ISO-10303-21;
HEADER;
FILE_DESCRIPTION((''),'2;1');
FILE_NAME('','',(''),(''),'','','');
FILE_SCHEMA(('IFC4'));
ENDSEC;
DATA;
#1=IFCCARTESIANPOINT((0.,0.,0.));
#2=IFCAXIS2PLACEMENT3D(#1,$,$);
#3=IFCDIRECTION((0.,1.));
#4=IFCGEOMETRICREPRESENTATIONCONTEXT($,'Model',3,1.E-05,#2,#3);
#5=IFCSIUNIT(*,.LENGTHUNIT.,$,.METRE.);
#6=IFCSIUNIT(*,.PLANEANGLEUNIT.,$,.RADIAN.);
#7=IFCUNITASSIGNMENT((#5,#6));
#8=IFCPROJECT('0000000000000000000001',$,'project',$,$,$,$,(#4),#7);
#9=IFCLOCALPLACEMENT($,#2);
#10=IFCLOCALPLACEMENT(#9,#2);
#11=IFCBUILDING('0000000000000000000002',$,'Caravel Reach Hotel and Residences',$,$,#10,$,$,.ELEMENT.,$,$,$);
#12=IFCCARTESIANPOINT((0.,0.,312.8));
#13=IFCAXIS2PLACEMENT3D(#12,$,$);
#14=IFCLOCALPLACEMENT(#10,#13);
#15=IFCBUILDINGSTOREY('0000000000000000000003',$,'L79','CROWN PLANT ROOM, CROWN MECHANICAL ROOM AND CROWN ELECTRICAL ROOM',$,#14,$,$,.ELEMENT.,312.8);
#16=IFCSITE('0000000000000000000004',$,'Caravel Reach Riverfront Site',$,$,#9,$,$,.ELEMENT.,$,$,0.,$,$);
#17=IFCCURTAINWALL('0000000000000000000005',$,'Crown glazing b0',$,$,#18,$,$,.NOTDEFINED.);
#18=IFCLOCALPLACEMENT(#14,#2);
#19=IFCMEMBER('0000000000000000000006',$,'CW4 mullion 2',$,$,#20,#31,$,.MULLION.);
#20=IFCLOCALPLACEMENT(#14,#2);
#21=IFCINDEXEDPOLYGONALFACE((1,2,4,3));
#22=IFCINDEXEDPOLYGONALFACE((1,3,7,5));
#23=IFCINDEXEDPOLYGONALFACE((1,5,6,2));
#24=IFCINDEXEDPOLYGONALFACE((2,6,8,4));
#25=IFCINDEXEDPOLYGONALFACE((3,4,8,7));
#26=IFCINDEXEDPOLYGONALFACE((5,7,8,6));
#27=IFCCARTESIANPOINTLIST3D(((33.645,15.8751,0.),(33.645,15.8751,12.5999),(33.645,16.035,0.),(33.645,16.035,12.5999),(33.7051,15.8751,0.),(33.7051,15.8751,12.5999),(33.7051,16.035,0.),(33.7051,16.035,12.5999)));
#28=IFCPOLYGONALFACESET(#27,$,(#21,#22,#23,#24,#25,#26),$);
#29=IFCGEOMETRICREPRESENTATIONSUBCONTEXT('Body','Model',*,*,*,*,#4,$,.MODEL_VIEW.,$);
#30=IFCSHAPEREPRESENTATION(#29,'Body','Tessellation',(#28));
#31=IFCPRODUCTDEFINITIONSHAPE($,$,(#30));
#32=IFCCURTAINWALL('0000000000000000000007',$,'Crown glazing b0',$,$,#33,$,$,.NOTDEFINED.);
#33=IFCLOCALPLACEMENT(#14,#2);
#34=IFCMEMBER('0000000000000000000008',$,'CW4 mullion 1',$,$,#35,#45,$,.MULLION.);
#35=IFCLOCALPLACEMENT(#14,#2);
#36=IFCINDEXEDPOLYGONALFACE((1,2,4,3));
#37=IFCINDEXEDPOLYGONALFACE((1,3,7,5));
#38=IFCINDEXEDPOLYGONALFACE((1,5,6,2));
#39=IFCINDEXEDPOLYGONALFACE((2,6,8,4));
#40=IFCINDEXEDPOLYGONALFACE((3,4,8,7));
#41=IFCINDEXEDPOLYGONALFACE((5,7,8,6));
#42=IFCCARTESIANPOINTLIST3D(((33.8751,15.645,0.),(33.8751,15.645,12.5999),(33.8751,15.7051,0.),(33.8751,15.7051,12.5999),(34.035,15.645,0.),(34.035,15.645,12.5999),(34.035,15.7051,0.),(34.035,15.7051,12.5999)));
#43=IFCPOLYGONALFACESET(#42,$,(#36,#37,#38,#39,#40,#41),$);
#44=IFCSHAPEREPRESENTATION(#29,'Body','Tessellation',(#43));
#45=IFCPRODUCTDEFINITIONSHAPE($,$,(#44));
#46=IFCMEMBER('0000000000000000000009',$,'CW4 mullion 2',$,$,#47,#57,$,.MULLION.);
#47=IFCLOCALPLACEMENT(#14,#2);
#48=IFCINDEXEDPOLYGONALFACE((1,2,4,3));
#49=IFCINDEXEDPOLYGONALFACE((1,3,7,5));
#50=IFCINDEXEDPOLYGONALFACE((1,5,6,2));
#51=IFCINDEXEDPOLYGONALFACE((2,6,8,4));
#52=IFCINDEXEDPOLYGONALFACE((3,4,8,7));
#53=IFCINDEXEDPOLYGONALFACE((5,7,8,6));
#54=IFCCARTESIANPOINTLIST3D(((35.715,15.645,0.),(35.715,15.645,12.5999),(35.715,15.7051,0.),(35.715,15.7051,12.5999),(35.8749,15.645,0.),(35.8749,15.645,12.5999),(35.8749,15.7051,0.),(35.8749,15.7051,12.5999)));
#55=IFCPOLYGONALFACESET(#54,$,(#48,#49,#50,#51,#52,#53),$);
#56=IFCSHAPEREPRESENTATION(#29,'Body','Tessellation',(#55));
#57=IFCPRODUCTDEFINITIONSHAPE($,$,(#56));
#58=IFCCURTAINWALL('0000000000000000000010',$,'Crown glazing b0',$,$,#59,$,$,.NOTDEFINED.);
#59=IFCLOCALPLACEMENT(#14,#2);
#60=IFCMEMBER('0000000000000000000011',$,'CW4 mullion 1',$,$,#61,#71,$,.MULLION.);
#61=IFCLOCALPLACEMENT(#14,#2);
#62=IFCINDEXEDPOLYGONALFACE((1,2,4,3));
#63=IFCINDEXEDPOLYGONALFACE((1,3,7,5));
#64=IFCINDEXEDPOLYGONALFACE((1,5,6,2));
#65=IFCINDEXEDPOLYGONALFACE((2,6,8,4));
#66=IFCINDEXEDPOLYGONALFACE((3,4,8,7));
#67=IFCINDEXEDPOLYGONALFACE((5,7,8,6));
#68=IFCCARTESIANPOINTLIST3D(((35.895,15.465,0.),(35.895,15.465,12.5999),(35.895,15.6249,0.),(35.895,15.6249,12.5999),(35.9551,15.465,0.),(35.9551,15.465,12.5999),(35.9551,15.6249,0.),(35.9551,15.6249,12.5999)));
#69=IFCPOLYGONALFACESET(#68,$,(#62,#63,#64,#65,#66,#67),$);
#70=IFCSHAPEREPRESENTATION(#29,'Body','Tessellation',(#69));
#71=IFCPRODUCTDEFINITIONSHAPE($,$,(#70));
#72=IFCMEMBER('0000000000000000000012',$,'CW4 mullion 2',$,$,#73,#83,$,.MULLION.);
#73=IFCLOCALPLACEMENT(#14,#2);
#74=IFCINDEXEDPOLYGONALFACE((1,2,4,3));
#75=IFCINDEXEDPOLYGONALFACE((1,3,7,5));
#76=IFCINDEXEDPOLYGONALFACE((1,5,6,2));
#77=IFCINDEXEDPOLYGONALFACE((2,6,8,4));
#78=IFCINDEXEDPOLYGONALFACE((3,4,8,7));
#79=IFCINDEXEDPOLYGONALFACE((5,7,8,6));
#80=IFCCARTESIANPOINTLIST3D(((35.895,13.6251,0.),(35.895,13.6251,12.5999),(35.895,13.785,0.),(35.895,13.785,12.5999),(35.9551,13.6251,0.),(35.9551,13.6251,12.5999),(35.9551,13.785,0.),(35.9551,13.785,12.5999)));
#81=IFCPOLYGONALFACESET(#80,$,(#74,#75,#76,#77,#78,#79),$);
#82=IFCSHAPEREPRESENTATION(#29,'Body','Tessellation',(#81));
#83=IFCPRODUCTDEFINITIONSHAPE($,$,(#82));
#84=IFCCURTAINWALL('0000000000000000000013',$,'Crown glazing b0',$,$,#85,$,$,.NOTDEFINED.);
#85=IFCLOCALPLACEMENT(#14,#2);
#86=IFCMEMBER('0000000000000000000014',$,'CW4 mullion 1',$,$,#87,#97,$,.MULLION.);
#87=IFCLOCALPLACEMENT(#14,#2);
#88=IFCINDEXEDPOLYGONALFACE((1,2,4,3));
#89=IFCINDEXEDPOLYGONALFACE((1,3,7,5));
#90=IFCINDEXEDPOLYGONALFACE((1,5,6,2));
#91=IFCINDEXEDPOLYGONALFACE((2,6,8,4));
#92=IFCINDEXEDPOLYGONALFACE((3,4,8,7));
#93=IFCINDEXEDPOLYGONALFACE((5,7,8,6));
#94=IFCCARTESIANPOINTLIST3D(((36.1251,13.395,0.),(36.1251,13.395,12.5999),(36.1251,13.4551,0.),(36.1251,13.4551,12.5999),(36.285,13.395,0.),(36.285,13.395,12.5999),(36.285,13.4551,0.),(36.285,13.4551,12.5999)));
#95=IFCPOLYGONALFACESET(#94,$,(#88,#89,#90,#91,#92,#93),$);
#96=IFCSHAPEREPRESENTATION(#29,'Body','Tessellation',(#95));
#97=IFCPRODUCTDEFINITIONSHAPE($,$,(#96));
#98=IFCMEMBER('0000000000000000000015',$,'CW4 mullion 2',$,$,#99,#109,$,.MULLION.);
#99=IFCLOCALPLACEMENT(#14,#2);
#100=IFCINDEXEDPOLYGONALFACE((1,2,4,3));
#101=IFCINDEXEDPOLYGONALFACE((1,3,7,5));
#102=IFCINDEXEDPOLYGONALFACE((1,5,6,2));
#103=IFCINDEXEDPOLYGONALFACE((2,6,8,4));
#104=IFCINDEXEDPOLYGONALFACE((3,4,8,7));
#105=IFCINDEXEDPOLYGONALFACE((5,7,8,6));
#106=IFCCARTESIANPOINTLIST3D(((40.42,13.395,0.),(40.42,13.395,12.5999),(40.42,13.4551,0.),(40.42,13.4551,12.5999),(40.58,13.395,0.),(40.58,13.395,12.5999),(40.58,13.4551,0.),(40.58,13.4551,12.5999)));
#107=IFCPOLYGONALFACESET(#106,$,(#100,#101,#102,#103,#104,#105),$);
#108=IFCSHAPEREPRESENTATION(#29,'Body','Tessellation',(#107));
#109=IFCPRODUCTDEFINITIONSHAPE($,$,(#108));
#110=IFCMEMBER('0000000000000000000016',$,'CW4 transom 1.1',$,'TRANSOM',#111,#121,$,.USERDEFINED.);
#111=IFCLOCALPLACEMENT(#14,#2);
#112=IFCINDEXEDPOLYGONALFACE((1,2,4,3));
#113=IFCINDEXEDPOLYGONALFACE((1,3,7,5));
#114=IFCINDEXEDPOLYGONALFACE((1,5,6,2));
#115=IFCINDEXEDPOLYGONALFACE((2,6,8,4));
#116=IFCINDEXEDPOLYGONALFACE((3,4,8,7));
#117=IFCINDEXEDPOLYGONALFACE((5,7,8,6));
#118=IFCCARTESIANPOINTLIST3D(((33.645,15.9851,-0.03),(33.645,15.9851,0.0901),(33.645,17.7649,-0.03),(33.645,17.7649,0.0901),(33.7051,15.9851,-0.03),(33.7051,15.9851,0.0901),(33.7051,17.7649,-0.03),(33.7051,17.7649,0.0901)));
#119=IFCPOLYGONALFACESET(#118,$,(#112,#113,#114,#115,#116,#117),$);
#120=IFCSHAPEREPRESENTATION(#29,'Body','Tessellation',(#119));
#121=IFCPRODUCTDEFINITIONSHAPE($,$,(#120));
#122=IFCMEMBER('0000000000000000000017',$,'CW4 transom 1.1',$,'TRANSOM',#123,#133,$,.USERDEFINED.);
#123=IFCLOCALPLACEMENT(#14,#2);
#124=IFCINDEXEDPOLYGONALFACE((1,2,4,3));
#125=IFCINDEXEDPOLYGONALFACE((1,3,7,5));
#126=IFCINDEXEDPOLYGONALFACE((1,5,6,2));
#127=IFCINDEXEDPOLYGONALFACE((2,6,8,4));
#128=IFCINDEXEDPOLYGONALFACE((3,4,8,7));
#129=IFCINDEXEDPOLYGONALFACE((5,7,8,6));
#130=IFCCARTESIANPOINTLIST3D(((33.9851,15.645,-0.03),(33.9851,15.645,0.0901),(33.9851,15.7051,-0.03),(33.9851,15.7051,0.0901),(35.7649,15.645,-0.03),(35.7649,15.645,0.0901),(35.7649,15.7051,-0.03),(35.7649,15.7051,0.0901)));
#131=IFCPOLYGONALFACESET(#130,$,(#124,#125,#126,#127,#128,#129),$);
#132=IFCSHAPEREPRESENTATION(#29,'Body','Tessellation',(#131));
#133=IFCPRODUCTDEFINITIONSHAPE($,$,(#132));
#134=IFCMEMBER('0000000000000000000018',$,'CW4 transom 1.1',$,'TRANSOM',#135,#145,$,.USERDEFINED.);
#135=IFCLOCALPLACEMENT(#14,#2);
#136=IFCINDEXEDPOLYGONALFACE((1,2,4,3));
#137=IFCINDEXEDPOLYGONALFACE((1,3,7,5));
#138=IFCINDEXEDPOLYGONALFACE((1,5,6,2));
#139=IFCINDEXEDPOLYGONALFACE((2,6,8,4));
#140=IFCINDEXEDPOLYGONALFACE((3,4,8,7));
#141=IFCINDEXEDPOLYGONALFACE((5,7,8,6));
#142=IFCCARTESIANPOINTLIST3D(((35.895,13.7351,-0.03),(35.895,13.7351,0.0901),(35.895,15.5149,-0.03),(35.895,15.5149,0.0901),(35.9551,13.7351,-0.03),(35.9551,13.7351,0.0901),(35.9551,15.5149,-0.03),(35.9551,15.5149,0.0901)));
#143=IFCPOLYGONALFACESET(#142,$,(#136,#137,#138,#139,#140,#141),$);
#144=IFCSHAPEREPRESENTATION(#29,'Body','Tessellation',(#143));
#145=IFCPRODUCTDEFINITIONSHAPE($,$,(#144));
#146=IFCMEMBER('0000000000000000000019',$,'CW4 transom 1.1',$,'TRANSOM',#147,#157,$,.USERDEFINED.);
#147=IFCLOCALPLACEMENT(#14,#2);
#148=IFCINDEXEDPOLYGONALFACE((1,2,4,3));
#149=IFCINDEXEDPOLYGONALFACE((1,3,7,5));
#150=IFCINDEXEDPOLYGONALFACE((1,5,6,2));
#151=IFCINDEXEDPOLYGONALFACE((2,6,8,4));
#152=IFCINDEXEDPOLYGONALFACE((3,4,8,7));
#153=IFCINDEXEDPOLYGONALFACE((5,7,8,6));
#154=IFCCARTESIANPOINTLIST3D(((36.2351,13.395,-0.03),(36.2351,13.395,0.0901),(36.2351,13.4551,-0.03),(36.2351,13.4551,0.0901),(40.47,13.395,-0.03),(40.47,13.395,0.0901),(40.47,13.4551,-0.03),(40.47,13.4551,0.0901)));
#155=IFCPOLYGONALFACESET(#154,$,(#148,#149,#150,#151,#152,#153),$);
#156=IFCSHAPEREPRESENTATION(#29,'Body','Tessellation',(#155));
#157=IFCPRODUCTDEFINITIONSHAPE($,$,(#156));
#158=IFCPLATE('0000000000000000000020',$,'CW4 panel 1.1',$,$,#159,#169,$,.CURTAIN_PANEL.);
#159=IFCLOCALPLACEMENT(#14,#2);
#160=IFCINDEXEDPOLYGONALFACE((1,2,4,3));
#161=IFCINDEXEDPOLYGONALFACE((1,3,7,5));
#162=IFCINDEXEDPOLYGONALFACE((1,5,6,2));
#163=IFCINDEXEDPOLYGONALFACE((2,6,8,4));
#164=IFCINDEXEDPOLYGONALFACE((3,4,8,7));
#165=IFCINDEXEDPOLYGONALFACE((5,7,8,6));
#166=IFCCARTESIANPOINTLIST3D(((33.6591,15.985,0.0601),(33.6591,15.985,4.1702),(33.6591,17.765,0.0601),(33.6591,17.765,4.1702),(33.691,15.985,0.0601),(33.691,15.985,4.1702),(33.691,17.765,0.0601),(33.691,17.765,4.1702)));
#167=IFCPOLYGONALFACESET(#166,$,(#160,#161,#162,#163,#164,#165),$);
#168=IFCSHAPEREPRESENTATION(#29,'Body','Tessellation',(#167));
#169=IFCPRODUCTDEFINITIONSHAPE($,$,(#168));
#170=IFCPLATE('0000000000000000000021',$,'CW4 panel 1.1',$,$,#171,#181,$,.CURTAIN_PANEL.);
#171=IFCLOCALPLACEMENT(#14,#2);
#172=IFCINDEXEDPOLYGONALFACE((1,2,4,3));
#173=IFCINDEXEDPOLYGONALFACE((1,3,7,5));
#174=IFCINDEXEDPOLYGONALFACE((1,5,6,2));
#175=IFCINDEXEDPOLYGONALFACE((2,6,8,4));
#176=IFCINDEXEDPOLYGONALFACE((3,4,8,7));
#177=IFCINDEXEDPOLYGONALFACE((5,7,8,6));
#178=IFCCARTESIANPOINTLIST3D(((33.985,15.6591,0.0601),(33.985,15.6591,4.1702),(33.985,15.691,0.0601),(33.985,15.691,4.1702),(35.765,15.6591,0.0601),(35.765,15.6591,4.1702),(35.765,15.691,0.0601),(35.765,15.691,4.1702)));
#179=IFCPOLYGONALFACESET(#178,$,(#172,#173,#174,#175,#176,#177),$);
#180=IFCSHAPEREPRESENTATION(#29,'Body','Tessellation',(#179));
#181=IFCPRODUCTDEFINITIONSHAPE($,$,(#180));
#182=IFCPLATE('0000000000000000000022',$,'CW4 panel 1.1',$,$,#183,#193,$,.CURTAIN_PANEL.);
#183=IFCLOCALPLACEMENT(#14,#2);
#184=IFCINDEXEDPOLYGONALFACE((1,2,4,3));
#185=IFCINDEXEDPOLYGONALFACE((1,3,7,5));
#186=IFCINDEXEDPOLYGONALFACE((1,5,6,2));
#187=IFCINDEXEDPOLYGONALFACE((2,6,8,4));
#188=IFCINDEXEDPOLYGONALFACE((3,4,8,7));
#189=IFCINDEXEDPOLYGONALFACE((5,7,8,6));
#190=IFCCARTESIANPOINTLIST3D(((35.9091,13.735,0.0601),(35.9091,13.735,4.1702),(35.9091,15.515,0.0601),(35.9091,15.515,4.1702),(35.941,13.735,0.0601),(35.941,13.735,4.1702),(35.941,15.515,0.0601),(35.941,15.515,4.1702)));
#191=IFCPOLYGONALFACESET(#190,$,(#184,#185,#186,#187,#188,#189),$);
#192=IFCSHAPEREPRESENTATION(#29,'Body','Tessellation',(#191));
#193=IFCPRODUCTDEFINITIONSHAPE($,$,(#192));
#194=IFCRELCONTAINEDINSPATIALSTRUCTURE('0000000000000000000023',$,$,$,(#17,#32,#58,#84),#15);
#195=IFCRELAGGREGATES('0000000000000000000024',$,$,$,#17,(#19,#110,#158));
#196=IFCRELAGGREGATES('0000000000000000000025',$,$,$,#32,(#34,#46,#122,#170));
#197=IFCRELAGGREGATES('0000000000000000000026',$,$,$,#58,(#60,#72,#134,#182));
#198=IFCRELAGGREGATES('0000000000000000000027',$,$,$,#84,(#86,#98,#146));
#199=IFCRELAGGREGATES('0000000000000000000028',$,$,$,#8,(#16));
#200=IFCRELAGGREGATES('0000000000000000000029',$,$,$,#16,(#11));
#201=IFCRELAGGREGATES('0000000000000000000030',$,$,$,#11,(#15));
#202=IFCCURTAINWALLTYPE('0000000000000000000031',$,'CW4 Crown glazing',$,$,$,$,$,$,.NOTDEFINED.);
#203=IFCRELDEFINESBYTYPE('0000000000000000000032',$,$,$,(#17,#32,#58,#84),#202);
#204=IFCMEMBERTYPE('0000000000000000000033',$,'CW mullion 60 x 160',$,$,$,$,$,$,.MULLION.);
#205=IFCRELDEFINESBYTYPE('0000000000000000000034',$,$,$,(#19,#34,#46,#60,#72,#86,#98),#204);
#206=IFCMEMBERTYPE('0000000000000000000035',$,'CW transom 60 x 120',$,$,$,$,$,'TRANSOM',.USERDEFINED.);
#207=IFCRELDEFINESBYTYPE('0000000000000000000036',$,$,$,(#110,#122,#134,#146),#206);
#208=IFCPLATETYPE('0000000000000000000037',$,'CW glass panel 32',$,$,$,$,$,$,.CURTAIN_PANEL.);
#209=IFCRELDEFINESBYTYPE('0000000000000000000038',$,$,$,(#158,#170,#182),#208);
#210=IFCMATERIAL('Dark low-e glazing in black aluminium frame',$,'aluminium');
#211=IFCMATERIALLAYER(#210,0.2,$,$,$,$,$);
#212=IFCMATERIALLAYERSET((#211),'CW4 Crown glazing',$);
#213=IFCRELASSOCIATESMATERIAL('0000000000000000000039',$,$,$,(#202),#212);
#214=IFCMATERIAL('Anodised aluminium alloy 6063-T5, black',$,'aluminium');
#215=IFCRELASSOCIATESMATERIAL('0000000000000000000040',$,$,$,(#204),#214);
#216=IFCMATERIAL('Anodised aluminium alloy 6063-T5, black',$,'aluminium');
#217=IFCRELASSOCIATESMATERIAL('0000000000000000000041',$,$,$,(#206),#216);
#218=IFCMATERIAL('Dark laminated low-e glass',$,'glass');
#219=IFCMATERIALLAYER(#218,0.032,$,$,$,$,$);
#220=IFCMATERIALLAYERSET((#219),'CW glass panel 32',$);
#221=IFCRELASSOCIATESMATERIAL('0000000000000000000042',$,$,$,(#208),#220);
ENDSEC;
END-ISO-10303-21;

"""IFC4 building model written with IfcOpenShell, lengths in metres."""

from ifc_helpers import new_model, si_unit, direction, frame, origin, origin_2d, place, context, subcontext, project, spatial, rectangle, extrude, material, layer, layer_set, material_profile, profile_set, type_object, element, aggregate, save


model = new_model("IFC4")

# Units and contexts
model_context = context("Model", 3, precision=1e-05, world=origin(), true_north=direction((0.0, 1.0)))
body_context = subcontext(model_context, "Body", "Model", "MODEL_VIEW")
ifc_project = project(units=[si_unit("LENGTHUNIT", "METRE"), si_unit("PLANEANGLEUNIT", "RADIAN")], contexts=[model_context])

# Site, building, storey
site_placement = place(None, origin())
site = spatial("IfcSite", under=ifc_project, at=site_placement, Name="Caravel Reach Riverfront Site", CompositionType="ELEMENT", RefElevation=0.0)
building_placement = place(site_placement, origin())
building = spatial("IfcBuilding", under=site, at=building_placement, Name="Caravel Reach Hotel and Residences", CompositionType="ELEMENT")
storey_placement = place(building_placement, frame((0.0, 0.0, 312.8)))
storey = spatial("IfcBuildingStorey", under=building, at=storey_placement, Name="L79", Description="CROWN PLANT ROOM, CROWN MECHANICAL ROOM AND CROWN ELECTRICAL ROOM", CompositionType="ELEMENT", Elevation=312.8)

# Curtain wall, member
ifc_material_1 = material(Name="Dark low-e glazing in black aluminium frame", Category="aluminium")
ifc_layer_1 = layer(ifc_material_1, 0.2)
ifc_layer_set_1 = layer_set([ifc_layer_1], Name="CW4 Crown glazing")
curtain_wall_type = type_object("IfcCurtainWallType", Name="CW4 Crown glazing", PredefinedType="NOTDEFINED", material=ifc_layer_set_1)
curtain_wall_1_placement = place(storey_placement, origin())
curtain_wall_1 = element("IfcCurtainWall", 1, at=curtain_wall_1_placement, inside=storey, type_object=curtain_wall_type, Name="Crown glazing b0", PredefinedType="NOTDEFINED")
ifc_material_2 = material(Name="Anodised aluminium alloy 6063-T5, black", Category="aluminium")
ifc_material_profile_1 = material_profile(ifc_material_2, rectangle(XDim=0.0601, YDim=0.1599, at=origin_2d()), Name="CW mullion 60 x 160")
ifc_profile_set_1 = profile_set([ifc_material_profile_1], Name="Anodised aluminium alloy 6063-T5, black")
member_type_1 = type_object("IfcMemberType", Name="CW mullion 60 x 160", PredefinedType="MULLION", material=ifc_profile_set_1)
member_1_placement = place(storey_placement, frame((33.675, 15.9551, 0.0), z_axis=(0.0, 0.0, 1.0), x_axis=(1.0, 0.0, 0.0)))
member_1 = element("IfcMember", 2, at=member_1_placement, type_object=member_type_1, Name="CW4 mullion 2", PredefinedType="MULLION", context=body_context, shape_type="SweptSolid", body=[
    extrude(rectangle(XDim=0.0601, YDim=0.1599, at=origin_2d()), origin(), (0.0, 0.0, 1.0), 12.5999),
])

# Curtain walls, members
curtain_wall_2_placement = place(storey_placement, origin())
curtain_wall_2 = element("IfcCurtainWall", 3, at=curtain_wall_2_placement, inside=storey, type_object=curtain_wall_type, Name="Crown glazing b0", PredefinedType="NOTDEFINED")
member_2_placement = place(storey_placement, frame((33.9551, 15.675, 0.0), z_axis=(0.0, 0.0, 1.0), x_axis=(0.0, 1.0, 0.0)))
member_2 = element("IfcMember", 4, at=member_2_placement, type_object=member_type_1, Name="CW4 mullion 1", PredefinedType="MULLION", context=body_context, shape_type="SweptSolid", body=[
    extrude(rectangle(XDim=0.0601, YDim=0.1599, at=origin_2d()), origin(), (0.0, 0.0, 1.0), 12.5999),
])
member_3_placement = place(storey_placement, frame((35.7949, 15.675, 0.0), z_axis=(0.0, 0.0, 1.0), x_axis=(0.0, 1.0, 0.0)))
member_3 = element("IfcMember", 5, at=member_3_placement, type_object=member_type_1, Name="CW4 mullion 2", PredefinedType="MULLION", context=body_context, shape_type="SweptSolid", body=[
    extrude(rectangle(XDim=0.0601, YDim=0.1599, at=origin_2d()), origin(), (0.0, 0.0, 1.0), 12.5999),
])
curtain_wall_3_placement = place(storey_placement, origin())
curtain_wall_3 = element("IfcCurtainWall", 6, at=curtain_wall_3_placement, inside=storey, type_object=curtain_wall_type, Name="Crown glazing b0", PredefinedType="NOTDEFINED")
member_4_placement = place(storey_placement, frame((35.925, 15.5449, 0.0), z_axis=(0.0, 0.0, 1.0), x_axis=(1.0, 0.0, 0.0)))
member_4 = element("IfcMember", 7, at=member_4_placement, type_object=member_type_1, Name="CW4 mullion 1", PredefinedType="MULLION", context=body_context, shape_type="SweptSolid", body=[
    extrude(rectangle(XDim=0.0601, YDim=0.1599, at=origin_2d()), origin(), (0.0, 0.0, 1.0), 12.5999),
])
member_5_placement = place(storey_placement, frame((35.925, 13.7051, 0.0), z_axis=(0.0, 0.0, 1.0), x_axis=(1.0, 0.0, 0.0)))
member_5 = element("IfcMember", 8, at=member_5_placement, type_object=member_type_1, Name="CW4 mullion 2", PredefinedType="MULLION", context=body_context, shape_type="SweptSolid", body=[
    extrude(rectangle(XDim=0.0601, YDim=0.1599, at=origin_2d()), origin(), (0.0, 0.0, 1.0), 12.5999),
])
curtain_wall_4_placement = place(storey_placement, origin())
curtain_wall_4 = element("IfcCurtainWall", 9, at=curtain_wall_4_placement, inside=storey, type_object=curtain_wall_type, Name="Crown glazing b0", PredefinedType="NOTDEFINED")
member_6_placement = place(storey_placement, frame((36.2051, 13.425, 0.0), z_axis=(0.0, 0.0, 1.0), x_axis=(0.0, 1.0, 0.0)))
member_6 = element("IfcMember", 10, at=member_6_placement, type_object=member_type_1, Name="CW4 mullion 1", PredefinedType="MULLION", context=body_context, shape_type="SweptSolid", body=[
    extrude(rectangle(XDim=0.0601, YDim=0.1599, at=origin_2d()), origin(), (0.0, 0.0, 1.0), 12.5999),
])
member_7_placement = place(storey_placement, frame((40.5, 13.425, 0.0), z_axis=(0.0, 0.0, 1.0), x_axis=(0.0, 1.0, 0.0)))
member_7 = element("IfcMember", 11, at=member_7_placement, type_object=member_type_1, Name="CW4 mullion 2", PredefinedType="MULLION", context=body_context, shape_type="SweptSolid", body=[
    extrude(rectangle(XDim=0.0601, YDim=0.1599, at=origin_2d()), origin(), (0.0, 0.0, 1.0), 12.5999),
])

# Members
ifc_material_3 = material(Name="Anodised aluminium alloy 6063-T5, black", Category="aluminium")
ifc_material_profile_2 = material_profile(ifc_material_3, rectangle(XDim=0.0601, YDim=0.1201, at=origin_2d()), Name="CW transom 60 x 120")
ifc_profile_set_2 = profile_set([ifc_material_profile_2], Name="Anodised aluminium alloy 6063-T5, black")
member_type_2 = type_object("IfcMemberType", Name="CW transom 60 x 120", ElementType="TRANSOM", PredefinedType="USERDEFINED", material=ifc_profile_set_2)
member_8_placement = place(storey_placement, frame((33.675, 17.7649, 0.03), z_axis=(0.0, -1.0, 0.0), x_axis=(1.0, 0.0, 0.0)))
member_8 = element("IfcMember", 12, at=member_8_placement, type_object=member_type_2, Name="CW4 transom 1.1", ObjectType="TRANSOM", PredefinedType="USERDEFINED", context=body_context, shape_type="SweptSolid", body=[
    extrude(rectangle(XDim=0.0601, YDim=0.1201, at=origin_2d()), origin(), (0.0, 0.0, 1.0), 1.7798),
])
member_9_placement = place(storey_placement, frame((33.9851, 15.675, 0.03), z_axis=(1.0, 0.0, 0.0), x_axis=(0.0, 1.0, 0.0)))
member_9 = element("IfcMember", 13, at=member_9_placement, type_object=member_type_2, Name="CW4 transom 1.1", ObjectType="TRANSOM", PredefinedType="USERDEFINED", context=body_context, shape_type="SweptSolid", body=[
    extrude(rectangle(XDim=0.0601, YDim=0.1201, at=origin_2d()), origin(), (0.0, 0.0, 1.0), 1.7798),
])
member_10_placement = place(storey_placement, frame((35.925, 15.5149, 0.03), z_axis=(0.0, -1.0, 0.0), x_axis=(1.0, 0.0, 0.0)))
member_10 = element("IfcMember", 14, at=member_10_placement, type_object=member_type_2, Name="CW4 transom 1.1", ObjectType="TRANSOM", PredefinedType="USERDEFINED", context=body_context, shape_type="SweptSolid", body=[
    extrude(rectangle(XDim=0.0601, YDim=0.1201, at=origin_2d()), origin(), (0.0, 0.0, 1.0), 1.7798),
])
member_11_placement = place(storey_placement, frame((36.2351, 13.425, 0.03), z_axis=(1.0, 0.0, 0.0), x_axis=(0.0, 1.0, 0.0)))
member_11 = element("IfcMember", 15, at=member_11_placement, type_object=member_type_2, Name="CW4 transom 1.1", ObjectType="TRANSOM", PredefinedType="USERDEFINED", context=body_context, shape_type="SweptSolid", body=[
    extrude(rectangle(XDim=0.0601, YDim=0.1201, at=origin_2d()), origin(), (0.0, 0.0, 1.0), 4.2349),
])

# Plates
ifc_material_4 = material(Name="Dark laminated low-e glass", Category="glass")
ifc_layer_2 = layer(ifc_material_4, 0.032)
ifc_layer_set_2 = layer_set([ifc_layer_2], Name="CW glass panel 32")
plate_type = type_object("IfcPlateType", Name="CW glass panel 32", PredefinedType="CURTAIN_PANEL", material=ifc_layer_set_2)
plate_1_placement = place(storey_placement, frame((33.675, 16.875, 0.0601), z_axis=(0.0, 0.0, 1.0), x_axis=(0.0, -1.0, 0.0)))
plate_1 = element("IfcPlate", 16, at=plate_1_placement, type_object=plate_type, Name="CW4 panel 1.1", PredefinedType="CURTAIN_PANEL", context=body_context, shape_type="SweptSolid", body=[
    extrude(rectangle(XDim=1.78, YDim=0.032, at=origin_2d()), origin(), (0.0, 0.0, 1.0), 4.1101),
])
aggregate(curtain_wall_1, [member_1, member_8, plate_1])
plate_2_placement = place(storey_placement, frame((34.875, 15.675, 0.0601), z_axis=(0.0, 0.0, 1.0), x_axis=(1.0, 0.0, 0.0)))
plate_2 = element("IfcPlate", 17, at=plate_2_placement, type_object=plate_type, Name="CW4 panel 1.1", PredefinedType="CURTAIN_PANEL", context=body_context, shape_type="SweptSolid", body=[
    extrude(rectangle(XDim=1.78, YDim=0.032, at=origin_2d()), origin(), (0.0, 0.0, 1.0), 4.1101),
])
aggregate(curtain_wall_2, [member_2, member_3, member_9, plate_2])
plate_3_placement = place(storey_placement, frame((35.925, 14.625, 0.0601), z_axis=(0.0, 0.0, 1.0), x_axis=(0.0, -1.0, 0.0)))
plate_3 = element("IfcPlate", 18, at=plate_3_placement, type_object=plate_type, Name="CW4 panel 1.1", PredefinedType="CURTAIN_PANEL", context=body_context, shape_type="SweptSolid", body=[
    extrude(rectangle(XDim=1.78, YDim=0.032, at=origin_2d()), origin(), (0.0, 0.0, 1.0), 4.1101),
])
aggregate(curtain_wall_3, [member_4, member_5, member_10, plate_3])
aggregate(curtain_wall_4, [member_6, member_7, member_11])

save(model, "model.ifc")
